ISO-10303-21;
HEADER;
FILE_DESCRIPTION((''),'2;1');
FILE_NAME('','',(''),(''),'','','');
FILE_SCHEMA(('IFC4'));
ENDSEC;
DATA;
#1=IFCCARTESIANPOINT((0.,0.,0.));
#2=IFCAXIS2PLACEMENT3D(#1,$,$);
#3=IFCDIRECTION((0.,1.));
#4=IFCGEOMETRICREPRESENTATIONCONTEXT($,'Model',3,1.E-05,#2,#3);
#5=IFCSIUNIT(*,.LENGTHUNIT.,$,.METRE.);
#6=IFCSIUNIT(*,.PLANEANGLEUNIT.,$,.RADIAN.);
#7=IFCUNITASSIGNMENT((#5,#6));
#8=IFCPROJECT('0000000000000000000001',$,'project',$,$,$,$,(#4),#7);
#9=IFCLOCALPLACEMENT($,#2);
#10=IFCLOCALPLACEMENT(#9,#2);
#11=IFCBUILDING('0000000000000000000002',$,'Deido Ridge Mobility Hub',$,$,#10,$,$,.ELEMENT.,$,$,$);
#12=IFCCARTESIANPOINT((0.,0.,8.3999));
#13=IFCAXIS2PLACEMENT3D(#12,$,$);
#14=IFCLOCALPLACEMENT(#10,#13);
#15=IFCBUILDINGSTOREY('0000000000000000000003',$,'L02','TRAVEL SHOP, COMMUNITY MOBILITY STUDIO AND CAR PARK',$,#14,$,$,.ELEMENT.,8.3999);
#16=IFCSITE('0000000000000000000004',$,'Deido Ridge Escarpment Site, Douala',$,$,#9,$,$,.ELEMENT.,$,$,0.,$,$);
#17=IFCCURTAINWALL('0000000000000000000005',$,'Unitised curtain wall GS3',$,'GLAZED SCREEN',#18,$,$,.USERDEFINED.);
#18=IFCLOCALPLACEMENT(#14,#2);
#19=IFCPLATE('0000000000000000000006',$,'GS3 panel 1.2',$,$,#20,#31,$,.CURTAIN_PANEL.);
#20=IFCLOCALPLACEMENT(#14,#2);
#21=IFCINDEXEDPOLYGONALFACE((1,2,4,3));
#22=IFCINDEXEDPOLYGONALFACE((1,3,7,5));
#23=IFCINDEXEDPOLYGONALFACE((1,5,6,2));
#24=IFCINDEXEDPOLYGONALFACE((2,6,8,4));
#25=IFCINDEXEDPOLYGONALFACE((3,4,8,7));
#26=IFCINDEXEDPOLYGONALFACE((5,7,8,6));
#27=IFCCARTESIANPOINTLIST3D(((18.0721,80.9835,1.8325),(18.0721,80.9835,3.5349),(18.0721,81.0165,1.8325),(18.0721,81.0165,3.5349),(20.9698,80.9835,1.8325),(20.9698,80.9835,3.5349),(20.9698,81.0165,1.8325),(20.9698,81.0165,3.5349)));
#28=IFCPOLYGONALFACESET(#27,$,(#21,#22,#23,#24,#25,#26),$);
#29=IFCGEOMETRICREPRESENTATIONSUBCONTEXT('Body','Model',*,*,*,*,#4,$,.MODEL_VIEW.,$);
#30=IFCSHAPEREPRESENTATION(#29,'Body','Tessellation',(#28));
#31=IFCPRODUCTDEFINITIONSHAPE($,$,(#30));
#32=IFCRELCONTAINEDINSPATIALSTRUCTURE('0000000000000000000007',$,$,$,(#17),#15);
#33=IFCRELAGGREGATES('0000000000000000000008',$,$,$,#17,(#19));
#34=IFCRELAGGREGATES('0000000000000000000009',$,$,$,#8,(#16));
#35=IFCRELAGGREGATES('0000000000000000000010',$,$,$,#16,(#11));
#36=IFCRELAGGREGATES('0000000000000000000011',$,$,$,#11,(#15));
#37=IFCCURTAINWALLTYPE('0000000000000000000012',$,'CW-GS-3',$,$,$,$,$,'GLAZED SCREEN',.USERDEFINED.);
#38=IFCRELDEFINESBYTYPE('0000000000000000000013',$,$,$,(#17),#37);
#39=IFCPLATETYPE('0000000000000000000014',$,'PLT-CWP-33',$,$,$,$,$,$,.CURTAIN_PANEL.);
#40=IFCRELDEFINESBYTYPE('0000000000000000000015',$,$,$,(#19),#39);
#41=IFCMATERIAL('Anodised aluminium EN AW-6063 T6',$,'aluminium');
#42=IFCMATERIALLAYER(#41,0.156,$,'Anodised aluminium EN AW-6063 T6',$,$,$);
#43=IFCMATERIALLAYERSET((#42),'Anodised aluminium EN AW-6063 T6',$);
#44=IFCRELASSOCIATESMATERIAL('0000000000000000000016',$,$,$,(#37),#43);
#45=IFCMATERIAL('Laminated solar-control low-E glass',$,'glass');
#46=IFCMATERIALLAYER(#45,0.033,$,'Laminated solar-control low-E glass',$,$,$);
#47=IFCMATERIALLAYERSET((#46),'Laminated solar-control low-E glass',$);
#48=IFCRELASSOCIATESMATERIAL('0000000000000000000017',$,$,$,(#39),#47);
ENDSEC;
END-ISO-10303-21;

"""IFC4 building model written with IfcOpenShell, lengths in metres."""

from ifc_helpers import new_model, si_unit, direction, frame, origin, origin_2d, place, context, subcontext, project, spatial, rectangle, extrude, material, layer, layer_set, type_object, element, aggregate, save


model = new_model("IFC4")

# Units and contexts
model_context = context("Model", 3, precision=1e-05, world=origin(), true_north=direction((0.0, 1.0)))
body_context = subcontext(model_context, "Body", "Model", "MODEL_VIEW")
ifc_project = project(units=[si_unit("LENGTHUNIT", "METRE"), si_unit("PLANEANGLEUNIT", "RADIAN")], contexts=[model_context])

# Site, building, storey
site_placement = place(None, origin())
site = spatial("IfcSite", under=ifc_project, at=site_placement, Name="Deido Ridge Escarpment Site, Douala", CompositionType="ELEMENT", RefElevation=0.0)
building_placement = place(site_placement, origin())
building = spatial("IfcBuilding", under=site, at=building_placement, Name="Deido Ridge Mobility Hub", CompositionType="ELEMENT")
storey_placement = place(building_placement, frame((0.0, 0.0, 8.3999)))
storey = spatial("IfcBuildingStorey", under=building, at=storey_placement, Name="L02", Description="TRAVEL SHOP, COMMUNITY MOBILITY STUDIO AND CAR PARK", CompositionType="ELEMENT", Elevation=8.3999)

# Curtain wall
ifc_material_1 = material(Name="Anodised aluminium EN AW-6063 T6", Category="aluminium")
ifc_layer_1 = layer(ifc_material_1, 0.156, Name="Anodised aluminium EN AW-6063 T6")
ifc_layer_set_1 = layer_set([ifc_layer_1], Name="Anodised aluminium EN AW-6063 T6")
curtain_wall_type_1 = type_object("IfcCurtainWallType", Name="CW-GS-3", ElementType="GLAZED SCREEN", PredefinedType="USERDEFINED", material=ifc_layer_set_1)
curtain_wall_1_placement = place(storey_placement, origin())
curtain_wall_1 = element("IfcCurtainWall", 1, at=curtain_wall_1_placement, inside=storey, type_object=curtain_wall_type_1, Name="Unitised curtain wall GS3", ObjectType="GLAZED SCREEN", PredefinedType="USERDEFINED")

# Plate
ifc_material_2 = material(Name="Laminated solar-control low-E glass", Category="glass")
ifc_layer_2 = layer(ifc_material_2, 0.033, Name="Laminated solar-control low-E glass")
ifc_layer_set_2 = layer_set([ifc_layer_2], Name="Laminated solar-control low-E glass")
plate_type_1 = type_object("IfcPlateType", Name="PLT-CWP-33", PredefinedType="CURTAIN_PANEL", material=ifc_layer_set_2)
plate_1_placement = place(storey_placement, frame((19.521, 81.0, 1.8325), z_axis=(0.0, 0.0, 1.0), x_axis=(1.0, 0.0, 0.0)))
plate_1 = element("IfcPlate", 2, at=plate_1_placement, type_object=plate_type_1, Name="GS3 panel 1.2", PredefinedType="CURTAIN_PANEL", context=body_context, shape_type="SweptSolid", body=[
    extrude(rectangle(XDim=2.8977, YDim=0.033, at=origin_2d()), origin(), (0.0, 0.0, 1.0), 1.7024),
])
aggregate(curtain_wall_1, [plate_1])

save(model, "model.ifc")
